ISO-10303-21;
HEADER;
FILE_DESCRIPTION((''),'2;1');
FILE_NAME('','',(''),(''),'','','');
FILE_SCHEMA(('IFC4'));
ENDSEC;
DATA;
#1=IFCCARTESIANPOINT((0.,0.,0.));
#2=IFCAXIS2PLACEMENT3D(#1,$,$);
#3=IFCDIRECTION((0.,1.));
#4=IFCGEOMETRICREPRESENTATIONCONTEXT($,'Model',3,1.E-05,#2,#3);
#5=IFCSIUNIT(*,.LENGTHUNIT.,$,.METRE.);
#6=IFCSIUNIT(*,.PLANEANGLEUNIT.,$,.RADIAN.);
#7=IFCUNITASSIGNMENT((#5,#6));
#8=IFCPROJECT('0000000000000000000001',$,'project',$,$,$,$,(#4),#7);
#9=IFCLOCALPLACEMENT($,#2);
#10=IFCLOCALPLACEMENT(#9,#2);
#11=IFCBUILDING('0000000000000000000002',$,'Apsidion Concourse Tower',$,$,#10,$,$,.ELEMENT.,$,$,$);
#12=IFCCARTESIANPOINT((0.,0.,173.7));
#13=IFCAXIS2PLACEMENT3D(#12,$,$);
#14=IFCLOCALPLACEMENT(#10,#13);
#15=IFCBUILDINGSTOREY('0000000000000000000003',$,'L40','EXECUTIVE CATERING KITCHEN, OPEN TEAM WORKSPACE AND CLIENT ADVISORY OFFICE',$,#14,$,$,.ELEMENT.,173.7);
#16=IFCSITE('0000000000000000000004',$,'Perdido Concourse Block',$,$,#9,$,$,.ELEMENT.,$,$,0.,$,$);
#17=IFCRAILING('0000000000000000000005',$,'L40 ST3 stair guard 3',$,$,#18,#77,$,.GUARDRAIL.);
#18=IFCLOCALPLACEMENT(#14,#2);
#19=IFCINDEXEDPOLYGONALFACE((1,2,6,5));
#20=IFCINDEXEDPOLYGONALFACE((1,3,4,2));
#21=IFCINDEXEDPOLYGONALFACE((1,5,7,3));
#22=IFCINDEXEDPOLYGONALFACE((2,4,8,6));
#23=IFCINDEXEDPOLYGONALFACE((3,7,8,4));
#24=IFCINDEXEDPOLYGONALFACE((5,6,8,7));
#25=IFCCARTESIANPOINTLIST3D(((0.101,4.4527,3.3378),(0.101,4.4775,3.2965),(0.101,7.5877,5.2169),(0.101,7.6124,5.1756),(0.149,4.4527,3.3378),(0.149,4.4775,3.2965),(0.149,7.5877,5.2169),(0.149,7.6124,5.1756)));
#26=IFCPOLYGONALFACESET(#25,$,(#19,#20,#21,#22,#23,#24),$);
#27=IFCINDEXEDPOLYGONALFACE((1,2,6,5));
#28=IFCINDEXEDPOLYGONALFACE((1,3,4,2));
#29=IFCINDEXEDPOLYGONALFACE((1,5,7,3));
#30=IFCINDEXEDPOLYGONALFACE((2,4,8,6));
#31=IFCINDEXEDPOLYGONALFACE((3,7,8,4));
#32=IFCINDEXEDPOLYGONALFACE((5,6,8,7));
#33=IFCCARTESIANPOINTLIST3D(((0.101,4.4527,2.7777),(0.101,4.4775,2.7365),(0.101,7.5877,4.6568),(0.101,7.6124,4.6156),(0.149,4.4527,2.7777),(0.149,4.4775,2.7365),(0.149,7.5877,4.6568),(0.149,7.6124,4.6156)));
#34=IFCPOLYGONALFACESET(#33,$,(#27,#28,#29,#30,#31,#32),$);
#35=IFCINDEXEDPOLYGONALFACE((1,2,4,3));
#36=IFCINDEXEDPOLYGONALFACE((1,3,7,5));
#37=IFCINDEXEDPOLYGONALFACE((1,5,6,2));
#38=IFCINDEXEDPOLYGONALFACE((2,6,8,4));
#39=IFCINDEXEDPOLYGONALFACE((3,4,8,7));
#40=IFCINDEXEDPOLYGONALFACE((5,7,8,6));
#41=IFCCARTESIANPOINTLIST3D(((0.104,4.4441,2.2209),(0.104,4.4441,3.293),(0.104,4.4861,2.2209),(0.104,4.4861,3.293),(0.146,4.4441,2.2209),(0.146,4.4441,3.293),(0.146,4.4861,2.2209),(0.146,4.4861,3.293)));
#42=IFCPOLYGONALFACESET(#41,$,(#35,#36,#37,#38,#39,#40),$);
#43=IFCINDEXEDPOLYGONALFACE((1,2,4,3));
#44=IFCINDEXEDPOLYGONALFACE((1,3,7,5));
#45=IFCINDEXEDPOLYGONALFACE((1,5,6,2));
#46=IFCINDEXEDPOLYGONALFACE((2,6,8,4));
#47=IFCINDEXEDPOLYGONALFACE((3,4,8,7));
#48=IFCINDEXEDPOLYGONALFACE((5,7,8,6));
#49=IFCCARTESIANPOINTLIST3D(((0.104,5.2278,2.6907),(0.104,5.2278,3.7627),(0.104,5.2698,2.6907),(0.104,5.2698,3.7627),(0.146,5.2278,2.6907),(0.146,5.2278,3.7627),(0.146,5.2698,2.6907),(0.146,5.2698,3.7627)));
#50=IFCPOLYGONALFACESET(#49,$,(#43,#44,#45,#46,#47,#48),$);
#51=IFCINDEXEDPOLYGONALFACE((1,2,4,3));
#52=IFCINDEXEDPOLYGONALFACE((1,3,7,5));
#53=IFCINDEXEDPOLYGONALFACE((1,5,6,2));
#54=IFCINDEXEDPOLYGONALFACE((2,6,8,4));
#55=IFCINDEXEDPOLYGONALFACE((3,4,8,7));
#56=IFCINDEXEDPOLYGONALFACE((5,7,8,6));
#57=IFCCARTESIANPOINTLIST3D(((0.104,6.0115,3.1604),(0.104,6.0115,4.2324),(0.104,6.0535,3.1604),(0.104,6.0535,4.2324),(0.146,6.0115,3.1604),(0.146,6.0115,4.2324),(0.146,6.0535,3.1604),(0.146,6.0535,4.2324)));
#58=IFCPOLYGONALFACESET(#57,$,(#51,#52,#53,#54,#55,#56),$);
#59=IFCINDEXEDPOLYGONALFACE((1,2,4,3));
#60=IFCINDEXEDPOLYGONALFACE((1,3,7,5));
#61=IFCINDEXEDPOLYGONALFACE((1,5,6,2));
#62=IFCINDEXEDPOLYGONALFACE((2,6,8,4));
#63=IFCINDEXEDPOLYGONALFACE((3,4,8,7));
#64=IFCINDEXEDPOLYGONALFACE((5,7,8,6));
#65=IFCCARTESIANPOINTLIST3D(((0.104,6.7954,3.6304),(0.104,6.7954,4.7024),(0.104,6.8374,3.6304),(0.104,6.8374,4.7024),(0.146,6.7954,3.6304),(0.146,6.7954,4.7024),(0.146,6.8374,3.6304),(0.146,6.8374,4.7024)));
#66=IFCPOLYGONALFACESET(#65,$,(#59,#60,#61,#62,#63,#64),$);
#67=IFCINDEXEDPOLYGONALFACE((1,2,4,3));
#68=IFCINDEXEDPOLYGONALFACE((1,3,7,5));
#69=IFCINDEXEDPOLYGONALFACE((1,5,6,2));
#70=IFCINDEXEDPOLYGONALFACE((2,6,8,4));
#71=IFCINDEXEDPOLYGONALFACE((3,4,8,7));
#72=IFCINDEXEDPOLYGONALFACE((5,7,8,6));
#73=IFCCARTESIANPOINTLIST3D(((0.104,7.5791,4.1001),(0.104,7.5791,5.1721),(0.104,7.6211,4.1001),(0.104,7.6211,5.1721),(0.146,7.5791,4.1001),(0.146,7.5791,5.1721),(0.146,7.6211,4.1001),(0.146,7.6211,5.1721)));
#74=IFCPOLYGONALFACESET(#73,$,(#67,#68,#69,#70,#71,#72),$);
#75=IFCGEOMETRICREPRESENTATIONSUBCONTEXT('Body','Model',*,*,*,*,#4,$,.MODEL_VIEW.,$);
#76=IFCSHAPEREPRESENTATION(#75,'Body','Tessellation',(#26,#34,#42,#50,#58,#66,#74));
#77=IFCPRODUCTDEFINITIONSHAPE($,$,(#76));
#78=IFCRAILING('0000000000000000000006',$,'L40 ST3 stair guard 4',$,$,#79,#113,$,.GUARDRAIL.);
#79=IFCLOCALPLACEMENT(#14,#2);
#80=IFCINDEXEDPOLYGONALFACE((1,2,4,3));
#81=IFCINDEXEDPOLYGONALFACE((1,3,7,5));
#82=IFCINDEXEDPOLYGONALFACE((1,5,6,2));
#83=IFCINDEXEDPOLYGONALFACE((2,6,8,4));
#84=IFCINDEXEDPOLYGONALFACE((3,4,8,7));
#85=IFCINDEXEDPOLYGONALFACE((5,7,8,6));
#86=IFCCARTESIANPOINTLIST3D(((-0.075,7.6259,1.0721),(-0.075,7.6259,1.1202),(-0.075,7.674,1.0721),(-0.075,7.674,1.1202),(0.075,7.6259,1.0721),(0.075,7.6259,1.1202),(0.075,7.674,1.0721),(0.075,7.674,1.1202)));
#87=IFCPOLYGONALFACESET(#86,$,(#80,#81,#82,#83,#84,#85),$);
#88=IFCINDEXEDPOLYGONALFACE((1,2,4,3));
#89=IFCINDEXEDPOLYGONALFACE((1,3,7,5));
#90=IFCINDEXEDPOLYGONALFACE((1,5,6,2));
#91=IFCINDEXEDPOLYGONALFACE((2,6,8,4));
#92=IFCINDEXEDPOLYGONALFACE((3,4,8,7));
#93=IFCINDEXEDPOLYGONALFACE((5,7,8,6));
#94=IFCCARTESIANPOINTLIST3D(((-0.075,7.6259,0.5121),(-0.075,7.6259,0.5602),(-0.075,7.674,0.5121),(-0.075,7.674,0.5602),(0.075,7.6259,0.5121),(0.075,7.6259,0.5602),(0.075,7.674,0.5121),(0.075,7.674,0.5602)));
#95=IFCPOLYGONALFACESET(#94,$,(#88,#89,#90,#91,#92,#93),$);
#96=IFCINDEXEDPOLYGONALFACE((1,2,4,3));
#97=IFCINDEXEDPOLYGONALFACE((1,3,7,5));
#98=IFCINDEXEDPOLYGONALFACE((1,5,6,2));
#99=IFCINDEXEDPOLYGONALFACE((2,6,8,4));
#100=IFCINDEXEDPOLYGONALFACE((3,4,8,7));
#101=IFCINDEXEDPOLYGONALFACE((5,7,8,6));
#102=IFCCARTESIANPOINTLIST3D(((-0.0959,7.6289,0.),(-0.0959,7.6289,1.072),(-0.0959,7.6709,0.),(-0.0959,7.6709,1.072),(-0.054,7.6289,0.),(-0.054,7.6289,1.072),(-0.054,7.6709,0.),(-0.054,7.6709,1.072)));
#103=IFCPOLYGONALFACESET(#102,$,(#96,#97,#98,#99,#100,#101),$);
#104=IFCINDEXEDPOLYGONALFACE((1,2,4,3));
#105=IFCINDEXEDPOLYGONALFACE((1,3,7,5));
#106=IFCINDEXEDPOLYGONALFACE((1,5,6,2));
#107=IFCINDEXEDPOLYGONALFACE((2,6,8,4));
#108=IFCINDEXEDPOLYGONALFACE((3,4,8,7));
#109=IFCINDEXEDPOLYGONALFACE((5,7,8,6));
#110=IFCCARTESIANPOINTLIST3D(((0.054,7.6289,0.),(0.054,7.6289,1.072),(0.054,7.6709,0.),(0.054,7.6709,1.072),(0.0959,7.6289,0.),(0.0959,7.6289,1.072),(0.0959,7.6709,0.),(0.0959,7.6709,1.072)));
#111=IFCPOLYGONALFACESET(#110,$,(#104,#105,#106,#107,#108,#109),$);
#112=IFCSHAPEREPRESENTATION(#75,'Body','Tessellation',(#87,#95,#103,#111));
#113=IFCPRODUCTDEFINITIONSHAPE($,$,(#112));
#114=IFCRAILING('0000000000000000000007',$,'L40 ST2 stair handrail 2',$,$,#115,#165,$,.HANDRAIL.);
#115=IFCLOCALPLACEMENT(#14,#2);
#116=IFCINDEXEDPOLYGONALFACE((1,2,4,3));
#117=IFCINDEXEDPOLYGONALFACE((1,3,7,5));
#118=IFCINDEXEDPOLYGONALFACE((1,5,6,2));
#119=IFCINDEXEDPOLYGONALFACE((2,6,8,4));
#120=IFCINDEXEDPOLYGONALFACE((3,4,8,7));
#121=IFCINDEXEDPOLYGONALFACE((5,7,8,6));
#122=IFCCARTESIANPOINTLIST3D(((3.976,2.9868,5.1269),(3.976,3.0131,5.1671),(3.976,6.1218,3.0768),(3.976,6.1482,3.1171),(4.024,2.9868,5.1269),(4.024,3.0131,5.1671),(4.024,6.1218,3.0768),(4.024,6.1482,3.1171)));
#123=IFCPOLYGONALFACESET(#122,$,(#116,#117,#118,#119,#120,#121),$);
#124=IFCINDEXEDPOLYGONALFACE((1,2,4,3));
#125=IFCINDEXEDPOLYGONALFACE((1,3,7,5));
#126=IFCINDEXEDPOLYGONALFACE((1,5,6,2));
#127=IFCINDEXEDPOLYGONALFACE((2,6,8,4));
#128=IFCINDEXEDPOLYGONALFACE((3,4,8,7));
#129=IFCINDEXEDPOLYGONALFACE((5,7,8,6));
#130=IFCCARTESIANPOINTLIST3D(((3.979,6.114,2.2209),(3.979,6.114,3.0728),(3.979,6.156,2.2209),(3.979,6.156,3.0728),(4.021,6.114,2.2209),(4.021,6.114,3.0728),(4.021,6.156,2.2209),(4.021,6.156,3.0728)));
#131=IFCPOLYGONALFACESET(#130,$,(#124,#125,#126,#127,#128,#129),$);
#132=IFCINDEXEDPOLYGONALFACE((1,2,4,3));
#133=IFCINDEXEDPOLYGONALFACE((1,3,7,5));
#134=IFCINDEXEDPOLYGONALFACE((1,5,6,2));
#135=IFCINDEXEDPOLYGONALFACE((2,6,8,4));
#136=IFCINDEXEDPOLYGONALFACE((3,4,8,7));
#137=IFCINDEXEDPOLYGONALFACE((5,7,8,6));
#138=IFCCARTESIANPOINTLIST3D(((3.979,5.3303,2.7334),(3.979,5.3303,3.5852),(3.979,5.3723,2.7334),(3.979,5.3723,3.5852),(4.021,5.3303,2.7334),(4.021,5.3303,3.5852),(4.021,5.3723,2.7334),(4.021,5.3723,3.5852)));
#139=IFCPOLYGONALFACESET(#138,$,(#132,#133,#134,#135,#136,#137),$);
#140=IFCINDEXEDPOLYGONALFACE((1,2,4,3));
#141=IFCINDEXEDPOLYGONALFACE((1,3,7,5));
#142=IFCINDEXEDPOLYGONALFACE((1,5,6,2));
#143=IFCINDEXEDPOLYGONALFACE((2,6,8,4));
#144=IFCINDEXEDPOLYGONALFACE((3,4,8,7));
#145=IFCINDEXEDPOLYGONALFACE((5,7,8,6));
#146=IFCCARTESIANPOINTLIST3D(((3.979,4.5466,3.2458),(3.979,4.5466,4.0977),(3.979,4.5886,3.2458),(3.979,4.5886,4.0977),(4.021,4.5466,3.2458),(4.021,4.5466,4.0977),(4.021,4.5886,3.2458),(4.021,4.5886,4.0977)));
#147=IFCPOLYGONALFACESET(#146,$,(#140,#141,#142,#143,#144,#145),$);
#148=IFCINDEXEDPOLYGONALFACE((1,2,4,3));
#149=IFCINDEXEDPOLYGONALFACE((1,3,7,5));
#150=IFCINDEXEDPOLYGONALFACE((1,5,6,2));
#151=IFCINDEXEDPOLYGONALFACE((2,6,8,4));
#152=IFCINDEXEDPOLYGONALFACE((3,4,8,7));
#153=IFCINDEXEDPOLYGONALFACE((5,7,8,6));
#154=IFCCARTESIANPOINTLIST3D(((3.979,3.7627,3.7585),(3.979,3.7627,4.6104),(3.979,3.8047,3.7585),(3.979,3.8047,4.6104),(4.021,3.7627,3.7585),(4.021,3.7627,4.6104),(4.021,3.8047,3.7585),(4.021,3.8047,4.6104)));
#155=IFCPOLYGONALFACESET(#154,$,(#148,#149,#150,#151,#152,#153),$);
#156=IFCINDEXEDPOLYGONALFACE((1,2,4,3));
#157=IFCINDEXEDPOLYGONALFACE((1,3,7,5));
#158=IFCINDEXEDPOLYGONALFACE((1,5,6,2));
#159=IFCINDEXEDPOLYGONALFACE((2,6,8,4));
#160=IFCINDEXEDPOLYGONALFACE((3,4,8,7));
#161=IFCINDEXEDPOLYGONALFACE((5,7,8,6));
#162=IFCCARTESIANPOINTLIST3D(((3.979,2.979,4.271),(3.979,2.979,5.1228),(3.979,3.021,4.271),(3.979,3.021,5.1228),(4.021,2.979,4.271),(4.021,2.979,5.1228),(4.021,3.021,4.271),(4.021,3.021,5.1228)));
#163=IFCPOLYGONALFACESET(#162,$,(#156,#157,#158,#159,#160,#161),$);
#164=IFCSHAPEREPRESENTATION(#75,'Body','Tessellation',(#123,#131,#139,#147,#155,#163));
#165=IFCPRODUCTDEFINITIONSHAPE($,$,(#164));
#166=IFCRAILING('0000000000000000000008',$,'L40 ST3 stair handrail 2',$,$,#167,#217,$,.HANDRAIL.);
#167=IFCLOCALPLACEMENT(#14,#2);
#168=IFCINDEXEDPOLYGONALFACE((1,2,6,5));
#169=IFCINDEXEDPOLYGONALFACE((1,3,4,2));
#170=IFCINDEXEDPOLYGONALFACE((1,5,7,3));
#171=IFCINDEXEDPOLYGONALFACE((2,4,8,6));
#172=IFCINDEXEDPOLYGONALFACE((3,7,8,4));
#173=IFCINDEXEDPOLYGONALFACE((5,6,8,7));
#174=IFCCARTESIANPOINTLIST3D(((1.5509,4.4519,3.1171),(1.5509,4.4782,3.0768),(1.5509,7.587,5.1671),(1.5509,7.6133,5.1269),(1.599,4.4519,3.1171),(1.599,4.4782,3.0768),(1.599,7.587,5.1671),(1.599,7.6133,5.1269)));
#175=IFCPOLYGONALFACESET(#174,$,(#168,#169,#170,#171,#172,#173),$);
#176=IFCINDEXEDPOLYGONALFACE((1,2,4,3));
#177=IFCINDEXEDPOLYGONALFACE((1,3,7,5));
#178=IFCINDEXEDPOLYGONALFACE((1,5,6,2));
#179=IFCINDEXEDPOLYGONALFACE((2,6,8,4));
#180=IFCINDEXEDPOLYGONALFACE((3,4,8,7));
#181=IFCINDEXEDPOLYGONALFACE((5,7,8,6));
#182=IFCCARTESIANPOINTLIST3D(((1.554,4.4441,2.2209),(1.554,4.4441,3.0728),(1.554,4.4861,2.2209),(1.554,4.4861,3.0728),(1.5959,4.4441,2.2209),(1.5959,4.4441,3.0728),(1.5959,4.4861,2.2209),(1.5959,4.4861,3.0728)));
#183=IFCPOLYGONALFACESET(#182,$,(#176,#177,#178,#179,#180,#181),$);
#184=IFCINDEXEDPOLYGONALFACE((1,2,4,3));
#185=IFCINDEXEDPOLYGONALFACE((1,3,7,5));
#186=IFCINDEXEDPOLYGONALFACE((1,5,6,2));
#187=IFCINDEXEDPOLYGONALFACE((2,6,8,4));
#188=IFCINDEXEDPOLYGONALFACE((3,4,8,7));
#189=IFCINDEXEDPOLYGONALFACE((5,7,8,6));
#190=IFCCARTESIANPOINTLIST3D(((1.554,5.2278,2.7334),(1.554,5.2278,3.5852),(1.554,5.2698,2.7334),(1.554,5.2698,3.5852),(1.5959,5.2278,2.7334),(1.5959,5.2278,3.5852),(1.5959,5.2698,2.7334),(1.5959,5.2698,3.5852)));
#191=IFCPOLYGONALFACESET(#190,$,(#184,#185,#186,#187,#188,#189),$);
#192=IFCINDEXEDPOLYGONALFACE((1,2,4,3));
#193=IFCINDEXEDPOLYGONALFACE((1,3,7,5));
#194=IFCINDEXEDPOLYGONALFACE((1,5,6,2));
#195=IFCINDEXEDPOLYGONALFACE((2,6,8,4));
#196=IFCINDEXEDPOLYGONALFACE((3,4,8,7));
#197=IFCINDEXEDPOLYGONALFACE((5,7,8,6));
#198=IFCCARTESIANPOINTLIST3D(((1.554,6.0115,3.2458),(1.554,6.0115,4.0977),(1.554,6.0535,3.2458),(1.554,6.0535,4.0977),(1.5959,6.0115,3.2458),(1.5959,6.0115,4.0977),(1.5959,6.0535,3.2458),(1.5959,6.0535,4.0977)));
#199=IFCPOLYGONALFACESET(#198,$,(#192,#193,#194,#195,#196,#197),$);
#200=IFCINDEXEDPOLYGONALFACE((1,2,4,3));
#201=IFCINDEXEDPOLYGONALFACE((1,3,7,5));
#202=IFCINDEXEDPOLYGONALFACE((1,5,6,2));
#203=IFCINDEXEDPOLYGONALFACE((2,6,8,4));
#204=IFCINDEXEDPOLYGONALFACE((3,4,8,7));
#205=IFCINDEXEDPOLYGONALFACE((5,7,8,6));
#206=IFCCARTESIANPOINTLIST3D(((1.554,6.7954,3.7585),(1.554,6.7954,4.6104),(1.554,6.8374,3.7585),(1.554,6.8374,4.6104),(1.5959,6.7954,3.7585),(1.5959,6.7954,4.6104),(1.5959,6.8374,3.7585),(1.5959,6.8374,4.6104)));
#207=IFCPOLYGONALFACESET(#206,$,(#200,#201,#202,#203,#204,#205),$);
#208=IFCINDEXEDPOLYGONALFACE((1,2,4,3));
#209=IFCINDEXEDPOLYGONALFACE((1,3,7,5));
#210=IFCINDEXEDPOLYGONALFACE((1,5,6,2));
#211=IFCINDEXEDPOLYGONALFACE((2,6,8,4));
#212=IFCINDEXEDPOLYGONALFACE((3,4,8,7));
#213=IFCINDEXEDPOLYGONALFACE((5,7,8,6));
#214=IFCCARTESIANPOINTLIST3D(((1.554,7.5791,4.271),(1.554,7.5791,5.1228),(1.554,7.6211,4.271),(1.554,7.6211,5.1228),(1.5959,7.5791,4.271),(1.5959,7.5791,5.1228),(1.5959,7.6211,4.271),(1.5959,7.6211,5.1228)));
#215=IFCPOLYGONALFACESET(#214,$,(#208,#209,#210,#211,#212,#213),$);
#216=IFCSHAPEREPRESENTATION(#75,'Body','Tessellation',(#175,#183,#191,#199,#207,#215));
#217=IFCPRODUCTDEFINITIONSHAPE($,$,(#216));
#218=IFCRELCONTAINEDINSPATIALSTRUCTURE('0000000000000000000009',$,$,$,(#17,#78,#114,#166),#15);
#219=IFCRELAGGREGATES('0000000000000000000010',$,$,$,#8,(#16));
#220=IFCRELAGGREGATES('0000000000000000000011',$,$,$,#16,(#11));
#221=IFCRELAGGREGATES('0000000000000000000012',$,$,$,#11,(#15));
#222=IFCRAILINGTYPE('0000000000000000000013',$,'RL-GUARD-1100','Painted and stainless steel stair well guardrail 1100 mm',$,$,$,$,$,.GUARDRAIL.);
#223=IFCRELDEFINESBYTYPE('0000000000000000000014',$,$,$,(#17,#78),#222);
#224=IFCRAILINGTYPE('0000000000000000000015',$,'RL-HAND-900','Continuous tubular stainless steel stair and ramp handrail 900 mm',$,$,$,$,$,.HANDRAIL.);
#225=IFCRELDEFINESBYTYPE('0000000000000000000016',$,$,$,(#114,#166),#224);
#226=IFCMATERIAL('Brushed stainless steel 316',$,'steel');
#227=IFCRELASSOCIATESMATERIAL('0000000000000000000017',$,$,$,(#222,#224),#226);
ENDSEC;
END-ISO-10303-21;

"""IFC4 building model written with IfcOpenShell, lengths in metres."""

from ifc_helpers import new_model, si_unit, direction, frame, origin, origin_2d, place, context, subcontext, project, spatial, rectangle, extrude, material, type_object, element, save


model = new_model("IFC4")

# Units and contexts
model_context = context("Model", 3, precision=1e-05, world=origin(), true_north=direction((0.0, 1.0)))
body_context = subcontext(model_context, "Body", "Model", "MODEL_VIEW")
ifc_project = project(units=[si_unit("LENGTHUNIT", "METRE"), si_unit("PLANEANGLEUNIT", "RADIAN")], contexts=[model_context])

# Site, building, storey
site_placement = place(None, origin())
site = spatial("IfcSite", under=ifc_project, at=site_placement, Name="Perdido Concourse Block", CompositionType="ELEMENT", RefElevation=0.0)
building_placement = place(site_placement, origin())
building = spatial("IfcBuilding", under=site, at=building_placement, Name="Apsidion Concourse Tower", CompositionType="ELEMENT")
storey_placement = place(building_placement, frame((0.0, 0.0, 173.7)))
storey = spatial("IfcBuildingStorey", under=building, at=storey_placement, Name="L40", Description="EXECUTIVE CATERING KITCHEN, OPEN TEAM WORKSPACE AND CLIENT ADVISORY OFFICE", CompositionType="ELEMENT", Elevation=173.7)

# Railings
ifc_material_1 = material(Name="Brushed stainless steel 316", Category="steel")
railing_type_1 = type_object("IfcRailingType", Name="RL-GUARD-1100", Description="Painted and stainless steel stair well guardrail 1100 mm", PredefinedType="GUARDRAIL", material=ifc_material_1)
railing_1_placement = place(storey_placement, frame((0.125, 4.4651, 2.2209)))
element("IfcRailing", 1, at=railing_1_placement, inside=storey, type_object=railing_type_1, Name="L40 ST3 stair guard 3", PredefinedType="GUARDRAIL", context=body_context, shape_type="SweptSolid", body=[
    extrude(rectangle(XDim=0.0481, YDim=0.0481, at=origin_2d()), frame((0.0, 0.0, 1.0962), z_axis=(0.0, 0.857717, 0.514122), x_axis=(-1.0, 0.0, 0.0)), (0.0, 0.0, 1.0), 3.655),
    extrude(rectangle(XDim=0.0481, YDim=0.0481, at=origin_2d()), frame((0.0, 0.0, 0.5361), z_axis=(0.0, 0.857717, 0.514122), x_axis=(-1.0, 0.0, 0.0)), (0.0, 0.0, 1.0), 3.655),
    extrude(rectangle(XDim=0.042, YDim=0.042, at=origin_2d()), origin(), (0.0, 0.0, 1.0), 1.072),
    extrude(rectangle(XDim=0.042, YDim=0.042, at=origin_2d()), frame((0.0, 0.7837, 0.4697)), (0.0, 0.0, 1.0), 1.072),
    extrude(rectangle(XDim=0.042, YDim=0.042, at=origin_2d()), frame((0.0, 1.5674, 0.9395)), (0.0, 0.0, 1.0), 1.072),
    extrude(rectangle(XDim=0.042, YDim=0.042, at=origin_2d()), frame((0.0, 2.3513, 1.4094)), (0.0, 0.0, 1.0), 1.072),
    extrude(rectangle(XDim=0.042, YDim=0.042, at=origin_2d()), frame((0.0, 3.135, 1.8792)), (0.0, 0.0, 1.0), 1.072),
])
railing_2_placement = place(storey_placement, frame((-0.075, 7.6499, 0.0)))
element("IfcRailing", 2, at=railing_2_placement, inside=storey, type_object=railing_type_1, Name="L40 ST3 stair guard 4", PredefinedType="GUARDRAIL", context=body_context, shape_type="SweptSolid", body=[
    extrude(rectangle(XDim=0.0481, YDim=0.0481, at=origin_2d()), frame((0.0, 0.0, 1.0962), z_axis=(1.0, 0.0, 0.0), x_axis=(0.0, 1.0, 0.0)), (0.0, 0.0, 1.0), 0.1499),
    extrude(rectangle(XDim=0.0481, YDim=0.0481, at=origin_2d()), frame((0.0, 0.0, 0.5361), z_axis=(1.0, 0.0, 0.0), x_axis=(0.0, 1.0, 0.0)), (0.0, 0.0, 1.0), 0.1499),
    extrude(rectangle(XDim=0.042, YDim=0.042, at=origin_2d()), origin(), (0.0, 0.0, 1.0), 1.072),
    extrude(rectangle(XDim=0.042, YDim=0.042, at=origin_2d()), frame((0.1499, 0.0, 0.0)), (0.0, 0.0, 1.0), 1.072),
])
railing_type_2 = type_object("IfcRailingType", Name="RL-HAND-900", Description="Continuous tubular stainless steel stair and ramp handrail 900 mm", PredefinedType="HANDRAIL", material=ifc_material_1)
railing_3_placement = place(storey_placement, frame((4.0, 6.135, 2.2209)))
element("IfcRailing", 3, at=railing_3_placement, inside=storey, type_object=railing_type_2, Name="L40 ST2 stair handrail 2", PredefinedType="HANDRAIL", context=body_context, shape_type="SweptSolid", body=[
    extrude(rectangle(XDim=0.0481, YDim=0.0481, at=origin_2d()), frame((0.0, 0.0, 0.876), z_axis=(0.0, -0.836941, 0.547293), x_axis=(1.0, 0.0, 0.0)), (0.0, 0.0, 1.0), 3.7458),
    extrude(rectangle(XDim=0.042, YDim=0.042, at=origin_2d()), origin(), (0.0, 0.0, 1.0), 0.8518),
    extrude(rectangle(XDim=0.042, YDim=0.042, at=origin_2d()), frame((0.0, -0.7837, 0.5125)), (0.0, 0.0, 1.0), 0.8518),
    extrude(rectangle(XDim=0.042, YDim=0.042, at=origin_2d()), frame((0.0, -1.5674, 1.0249)), (0.0, 0.0, 1.0), 0.8518),
    extrude(rectangle(XDim=0.042, YDim=0.042, at=origin_2d()), frame((0.0, -2.3513, 1.5376)), (0.0, 0.0, 1.0), 0.8518),
    extrude(rectangle(XDim=0.042, YDim=0.042, at=origin_2d()), frame((0.0, -3.135, 2.05)), (0.0, 0.0, 1.0), 0.8518),
])
railing_4_placement = place(storey_placement, frame((1.575, 4.4651, 2.2209)))
element("IfcRailing", 4, at=railing_4_placement, inside=storey, type_object=railing_type_2, Name="L40 ST3 stair handrail 2", PredefinedType="HANDRAIL", context=body_context, shape_type="SweptSolid", body=[
    extrude(rectangle(XDim=0.0481, YDim=0.0481, at=origin_2d()), frame((0.0, 0.0, 0.876), z_axis=(0.0, 0.836941, 0.547293), x_axis=(-1.0, 0.0, 0.0)), (0.0, 0.0, 1.0), 3.7458),
    extrude(rectangle(XDim=0.042, YDim=0.042, at=origin_2d()), origin(), (0.0, 0.0, 1.0), 0.8518),
    extrude(rectangle(XDim=0.042, YDim=0.042, at=origin_2d()), frame((0.0, 0.7837, 0.5125)), (0.0, 0.0, 1.0), 0.8518),
    extrude(rectangle(XDim=0.042, YDim=0.042, at=origin_2d()), frame((0.0, 1.5674, 1.0249)), (0.0, 0.0, 1.0), 0.8518),
    extrude(rectangle(XDim=0.042, YDim=0.042, at=origin_2d()), frame((0.0, 2.3513, 1.5376)), (0.0, 0.0, 1.0), 0.8518),
    extrude(rectangle(XDim=0.042, YDim=0.042, at=origin_2d()), frame((0.0, 3.135, 2.05)), (0.0, 0.0, 1.0), 0.8518),
])

save(model, "model.ifc")
